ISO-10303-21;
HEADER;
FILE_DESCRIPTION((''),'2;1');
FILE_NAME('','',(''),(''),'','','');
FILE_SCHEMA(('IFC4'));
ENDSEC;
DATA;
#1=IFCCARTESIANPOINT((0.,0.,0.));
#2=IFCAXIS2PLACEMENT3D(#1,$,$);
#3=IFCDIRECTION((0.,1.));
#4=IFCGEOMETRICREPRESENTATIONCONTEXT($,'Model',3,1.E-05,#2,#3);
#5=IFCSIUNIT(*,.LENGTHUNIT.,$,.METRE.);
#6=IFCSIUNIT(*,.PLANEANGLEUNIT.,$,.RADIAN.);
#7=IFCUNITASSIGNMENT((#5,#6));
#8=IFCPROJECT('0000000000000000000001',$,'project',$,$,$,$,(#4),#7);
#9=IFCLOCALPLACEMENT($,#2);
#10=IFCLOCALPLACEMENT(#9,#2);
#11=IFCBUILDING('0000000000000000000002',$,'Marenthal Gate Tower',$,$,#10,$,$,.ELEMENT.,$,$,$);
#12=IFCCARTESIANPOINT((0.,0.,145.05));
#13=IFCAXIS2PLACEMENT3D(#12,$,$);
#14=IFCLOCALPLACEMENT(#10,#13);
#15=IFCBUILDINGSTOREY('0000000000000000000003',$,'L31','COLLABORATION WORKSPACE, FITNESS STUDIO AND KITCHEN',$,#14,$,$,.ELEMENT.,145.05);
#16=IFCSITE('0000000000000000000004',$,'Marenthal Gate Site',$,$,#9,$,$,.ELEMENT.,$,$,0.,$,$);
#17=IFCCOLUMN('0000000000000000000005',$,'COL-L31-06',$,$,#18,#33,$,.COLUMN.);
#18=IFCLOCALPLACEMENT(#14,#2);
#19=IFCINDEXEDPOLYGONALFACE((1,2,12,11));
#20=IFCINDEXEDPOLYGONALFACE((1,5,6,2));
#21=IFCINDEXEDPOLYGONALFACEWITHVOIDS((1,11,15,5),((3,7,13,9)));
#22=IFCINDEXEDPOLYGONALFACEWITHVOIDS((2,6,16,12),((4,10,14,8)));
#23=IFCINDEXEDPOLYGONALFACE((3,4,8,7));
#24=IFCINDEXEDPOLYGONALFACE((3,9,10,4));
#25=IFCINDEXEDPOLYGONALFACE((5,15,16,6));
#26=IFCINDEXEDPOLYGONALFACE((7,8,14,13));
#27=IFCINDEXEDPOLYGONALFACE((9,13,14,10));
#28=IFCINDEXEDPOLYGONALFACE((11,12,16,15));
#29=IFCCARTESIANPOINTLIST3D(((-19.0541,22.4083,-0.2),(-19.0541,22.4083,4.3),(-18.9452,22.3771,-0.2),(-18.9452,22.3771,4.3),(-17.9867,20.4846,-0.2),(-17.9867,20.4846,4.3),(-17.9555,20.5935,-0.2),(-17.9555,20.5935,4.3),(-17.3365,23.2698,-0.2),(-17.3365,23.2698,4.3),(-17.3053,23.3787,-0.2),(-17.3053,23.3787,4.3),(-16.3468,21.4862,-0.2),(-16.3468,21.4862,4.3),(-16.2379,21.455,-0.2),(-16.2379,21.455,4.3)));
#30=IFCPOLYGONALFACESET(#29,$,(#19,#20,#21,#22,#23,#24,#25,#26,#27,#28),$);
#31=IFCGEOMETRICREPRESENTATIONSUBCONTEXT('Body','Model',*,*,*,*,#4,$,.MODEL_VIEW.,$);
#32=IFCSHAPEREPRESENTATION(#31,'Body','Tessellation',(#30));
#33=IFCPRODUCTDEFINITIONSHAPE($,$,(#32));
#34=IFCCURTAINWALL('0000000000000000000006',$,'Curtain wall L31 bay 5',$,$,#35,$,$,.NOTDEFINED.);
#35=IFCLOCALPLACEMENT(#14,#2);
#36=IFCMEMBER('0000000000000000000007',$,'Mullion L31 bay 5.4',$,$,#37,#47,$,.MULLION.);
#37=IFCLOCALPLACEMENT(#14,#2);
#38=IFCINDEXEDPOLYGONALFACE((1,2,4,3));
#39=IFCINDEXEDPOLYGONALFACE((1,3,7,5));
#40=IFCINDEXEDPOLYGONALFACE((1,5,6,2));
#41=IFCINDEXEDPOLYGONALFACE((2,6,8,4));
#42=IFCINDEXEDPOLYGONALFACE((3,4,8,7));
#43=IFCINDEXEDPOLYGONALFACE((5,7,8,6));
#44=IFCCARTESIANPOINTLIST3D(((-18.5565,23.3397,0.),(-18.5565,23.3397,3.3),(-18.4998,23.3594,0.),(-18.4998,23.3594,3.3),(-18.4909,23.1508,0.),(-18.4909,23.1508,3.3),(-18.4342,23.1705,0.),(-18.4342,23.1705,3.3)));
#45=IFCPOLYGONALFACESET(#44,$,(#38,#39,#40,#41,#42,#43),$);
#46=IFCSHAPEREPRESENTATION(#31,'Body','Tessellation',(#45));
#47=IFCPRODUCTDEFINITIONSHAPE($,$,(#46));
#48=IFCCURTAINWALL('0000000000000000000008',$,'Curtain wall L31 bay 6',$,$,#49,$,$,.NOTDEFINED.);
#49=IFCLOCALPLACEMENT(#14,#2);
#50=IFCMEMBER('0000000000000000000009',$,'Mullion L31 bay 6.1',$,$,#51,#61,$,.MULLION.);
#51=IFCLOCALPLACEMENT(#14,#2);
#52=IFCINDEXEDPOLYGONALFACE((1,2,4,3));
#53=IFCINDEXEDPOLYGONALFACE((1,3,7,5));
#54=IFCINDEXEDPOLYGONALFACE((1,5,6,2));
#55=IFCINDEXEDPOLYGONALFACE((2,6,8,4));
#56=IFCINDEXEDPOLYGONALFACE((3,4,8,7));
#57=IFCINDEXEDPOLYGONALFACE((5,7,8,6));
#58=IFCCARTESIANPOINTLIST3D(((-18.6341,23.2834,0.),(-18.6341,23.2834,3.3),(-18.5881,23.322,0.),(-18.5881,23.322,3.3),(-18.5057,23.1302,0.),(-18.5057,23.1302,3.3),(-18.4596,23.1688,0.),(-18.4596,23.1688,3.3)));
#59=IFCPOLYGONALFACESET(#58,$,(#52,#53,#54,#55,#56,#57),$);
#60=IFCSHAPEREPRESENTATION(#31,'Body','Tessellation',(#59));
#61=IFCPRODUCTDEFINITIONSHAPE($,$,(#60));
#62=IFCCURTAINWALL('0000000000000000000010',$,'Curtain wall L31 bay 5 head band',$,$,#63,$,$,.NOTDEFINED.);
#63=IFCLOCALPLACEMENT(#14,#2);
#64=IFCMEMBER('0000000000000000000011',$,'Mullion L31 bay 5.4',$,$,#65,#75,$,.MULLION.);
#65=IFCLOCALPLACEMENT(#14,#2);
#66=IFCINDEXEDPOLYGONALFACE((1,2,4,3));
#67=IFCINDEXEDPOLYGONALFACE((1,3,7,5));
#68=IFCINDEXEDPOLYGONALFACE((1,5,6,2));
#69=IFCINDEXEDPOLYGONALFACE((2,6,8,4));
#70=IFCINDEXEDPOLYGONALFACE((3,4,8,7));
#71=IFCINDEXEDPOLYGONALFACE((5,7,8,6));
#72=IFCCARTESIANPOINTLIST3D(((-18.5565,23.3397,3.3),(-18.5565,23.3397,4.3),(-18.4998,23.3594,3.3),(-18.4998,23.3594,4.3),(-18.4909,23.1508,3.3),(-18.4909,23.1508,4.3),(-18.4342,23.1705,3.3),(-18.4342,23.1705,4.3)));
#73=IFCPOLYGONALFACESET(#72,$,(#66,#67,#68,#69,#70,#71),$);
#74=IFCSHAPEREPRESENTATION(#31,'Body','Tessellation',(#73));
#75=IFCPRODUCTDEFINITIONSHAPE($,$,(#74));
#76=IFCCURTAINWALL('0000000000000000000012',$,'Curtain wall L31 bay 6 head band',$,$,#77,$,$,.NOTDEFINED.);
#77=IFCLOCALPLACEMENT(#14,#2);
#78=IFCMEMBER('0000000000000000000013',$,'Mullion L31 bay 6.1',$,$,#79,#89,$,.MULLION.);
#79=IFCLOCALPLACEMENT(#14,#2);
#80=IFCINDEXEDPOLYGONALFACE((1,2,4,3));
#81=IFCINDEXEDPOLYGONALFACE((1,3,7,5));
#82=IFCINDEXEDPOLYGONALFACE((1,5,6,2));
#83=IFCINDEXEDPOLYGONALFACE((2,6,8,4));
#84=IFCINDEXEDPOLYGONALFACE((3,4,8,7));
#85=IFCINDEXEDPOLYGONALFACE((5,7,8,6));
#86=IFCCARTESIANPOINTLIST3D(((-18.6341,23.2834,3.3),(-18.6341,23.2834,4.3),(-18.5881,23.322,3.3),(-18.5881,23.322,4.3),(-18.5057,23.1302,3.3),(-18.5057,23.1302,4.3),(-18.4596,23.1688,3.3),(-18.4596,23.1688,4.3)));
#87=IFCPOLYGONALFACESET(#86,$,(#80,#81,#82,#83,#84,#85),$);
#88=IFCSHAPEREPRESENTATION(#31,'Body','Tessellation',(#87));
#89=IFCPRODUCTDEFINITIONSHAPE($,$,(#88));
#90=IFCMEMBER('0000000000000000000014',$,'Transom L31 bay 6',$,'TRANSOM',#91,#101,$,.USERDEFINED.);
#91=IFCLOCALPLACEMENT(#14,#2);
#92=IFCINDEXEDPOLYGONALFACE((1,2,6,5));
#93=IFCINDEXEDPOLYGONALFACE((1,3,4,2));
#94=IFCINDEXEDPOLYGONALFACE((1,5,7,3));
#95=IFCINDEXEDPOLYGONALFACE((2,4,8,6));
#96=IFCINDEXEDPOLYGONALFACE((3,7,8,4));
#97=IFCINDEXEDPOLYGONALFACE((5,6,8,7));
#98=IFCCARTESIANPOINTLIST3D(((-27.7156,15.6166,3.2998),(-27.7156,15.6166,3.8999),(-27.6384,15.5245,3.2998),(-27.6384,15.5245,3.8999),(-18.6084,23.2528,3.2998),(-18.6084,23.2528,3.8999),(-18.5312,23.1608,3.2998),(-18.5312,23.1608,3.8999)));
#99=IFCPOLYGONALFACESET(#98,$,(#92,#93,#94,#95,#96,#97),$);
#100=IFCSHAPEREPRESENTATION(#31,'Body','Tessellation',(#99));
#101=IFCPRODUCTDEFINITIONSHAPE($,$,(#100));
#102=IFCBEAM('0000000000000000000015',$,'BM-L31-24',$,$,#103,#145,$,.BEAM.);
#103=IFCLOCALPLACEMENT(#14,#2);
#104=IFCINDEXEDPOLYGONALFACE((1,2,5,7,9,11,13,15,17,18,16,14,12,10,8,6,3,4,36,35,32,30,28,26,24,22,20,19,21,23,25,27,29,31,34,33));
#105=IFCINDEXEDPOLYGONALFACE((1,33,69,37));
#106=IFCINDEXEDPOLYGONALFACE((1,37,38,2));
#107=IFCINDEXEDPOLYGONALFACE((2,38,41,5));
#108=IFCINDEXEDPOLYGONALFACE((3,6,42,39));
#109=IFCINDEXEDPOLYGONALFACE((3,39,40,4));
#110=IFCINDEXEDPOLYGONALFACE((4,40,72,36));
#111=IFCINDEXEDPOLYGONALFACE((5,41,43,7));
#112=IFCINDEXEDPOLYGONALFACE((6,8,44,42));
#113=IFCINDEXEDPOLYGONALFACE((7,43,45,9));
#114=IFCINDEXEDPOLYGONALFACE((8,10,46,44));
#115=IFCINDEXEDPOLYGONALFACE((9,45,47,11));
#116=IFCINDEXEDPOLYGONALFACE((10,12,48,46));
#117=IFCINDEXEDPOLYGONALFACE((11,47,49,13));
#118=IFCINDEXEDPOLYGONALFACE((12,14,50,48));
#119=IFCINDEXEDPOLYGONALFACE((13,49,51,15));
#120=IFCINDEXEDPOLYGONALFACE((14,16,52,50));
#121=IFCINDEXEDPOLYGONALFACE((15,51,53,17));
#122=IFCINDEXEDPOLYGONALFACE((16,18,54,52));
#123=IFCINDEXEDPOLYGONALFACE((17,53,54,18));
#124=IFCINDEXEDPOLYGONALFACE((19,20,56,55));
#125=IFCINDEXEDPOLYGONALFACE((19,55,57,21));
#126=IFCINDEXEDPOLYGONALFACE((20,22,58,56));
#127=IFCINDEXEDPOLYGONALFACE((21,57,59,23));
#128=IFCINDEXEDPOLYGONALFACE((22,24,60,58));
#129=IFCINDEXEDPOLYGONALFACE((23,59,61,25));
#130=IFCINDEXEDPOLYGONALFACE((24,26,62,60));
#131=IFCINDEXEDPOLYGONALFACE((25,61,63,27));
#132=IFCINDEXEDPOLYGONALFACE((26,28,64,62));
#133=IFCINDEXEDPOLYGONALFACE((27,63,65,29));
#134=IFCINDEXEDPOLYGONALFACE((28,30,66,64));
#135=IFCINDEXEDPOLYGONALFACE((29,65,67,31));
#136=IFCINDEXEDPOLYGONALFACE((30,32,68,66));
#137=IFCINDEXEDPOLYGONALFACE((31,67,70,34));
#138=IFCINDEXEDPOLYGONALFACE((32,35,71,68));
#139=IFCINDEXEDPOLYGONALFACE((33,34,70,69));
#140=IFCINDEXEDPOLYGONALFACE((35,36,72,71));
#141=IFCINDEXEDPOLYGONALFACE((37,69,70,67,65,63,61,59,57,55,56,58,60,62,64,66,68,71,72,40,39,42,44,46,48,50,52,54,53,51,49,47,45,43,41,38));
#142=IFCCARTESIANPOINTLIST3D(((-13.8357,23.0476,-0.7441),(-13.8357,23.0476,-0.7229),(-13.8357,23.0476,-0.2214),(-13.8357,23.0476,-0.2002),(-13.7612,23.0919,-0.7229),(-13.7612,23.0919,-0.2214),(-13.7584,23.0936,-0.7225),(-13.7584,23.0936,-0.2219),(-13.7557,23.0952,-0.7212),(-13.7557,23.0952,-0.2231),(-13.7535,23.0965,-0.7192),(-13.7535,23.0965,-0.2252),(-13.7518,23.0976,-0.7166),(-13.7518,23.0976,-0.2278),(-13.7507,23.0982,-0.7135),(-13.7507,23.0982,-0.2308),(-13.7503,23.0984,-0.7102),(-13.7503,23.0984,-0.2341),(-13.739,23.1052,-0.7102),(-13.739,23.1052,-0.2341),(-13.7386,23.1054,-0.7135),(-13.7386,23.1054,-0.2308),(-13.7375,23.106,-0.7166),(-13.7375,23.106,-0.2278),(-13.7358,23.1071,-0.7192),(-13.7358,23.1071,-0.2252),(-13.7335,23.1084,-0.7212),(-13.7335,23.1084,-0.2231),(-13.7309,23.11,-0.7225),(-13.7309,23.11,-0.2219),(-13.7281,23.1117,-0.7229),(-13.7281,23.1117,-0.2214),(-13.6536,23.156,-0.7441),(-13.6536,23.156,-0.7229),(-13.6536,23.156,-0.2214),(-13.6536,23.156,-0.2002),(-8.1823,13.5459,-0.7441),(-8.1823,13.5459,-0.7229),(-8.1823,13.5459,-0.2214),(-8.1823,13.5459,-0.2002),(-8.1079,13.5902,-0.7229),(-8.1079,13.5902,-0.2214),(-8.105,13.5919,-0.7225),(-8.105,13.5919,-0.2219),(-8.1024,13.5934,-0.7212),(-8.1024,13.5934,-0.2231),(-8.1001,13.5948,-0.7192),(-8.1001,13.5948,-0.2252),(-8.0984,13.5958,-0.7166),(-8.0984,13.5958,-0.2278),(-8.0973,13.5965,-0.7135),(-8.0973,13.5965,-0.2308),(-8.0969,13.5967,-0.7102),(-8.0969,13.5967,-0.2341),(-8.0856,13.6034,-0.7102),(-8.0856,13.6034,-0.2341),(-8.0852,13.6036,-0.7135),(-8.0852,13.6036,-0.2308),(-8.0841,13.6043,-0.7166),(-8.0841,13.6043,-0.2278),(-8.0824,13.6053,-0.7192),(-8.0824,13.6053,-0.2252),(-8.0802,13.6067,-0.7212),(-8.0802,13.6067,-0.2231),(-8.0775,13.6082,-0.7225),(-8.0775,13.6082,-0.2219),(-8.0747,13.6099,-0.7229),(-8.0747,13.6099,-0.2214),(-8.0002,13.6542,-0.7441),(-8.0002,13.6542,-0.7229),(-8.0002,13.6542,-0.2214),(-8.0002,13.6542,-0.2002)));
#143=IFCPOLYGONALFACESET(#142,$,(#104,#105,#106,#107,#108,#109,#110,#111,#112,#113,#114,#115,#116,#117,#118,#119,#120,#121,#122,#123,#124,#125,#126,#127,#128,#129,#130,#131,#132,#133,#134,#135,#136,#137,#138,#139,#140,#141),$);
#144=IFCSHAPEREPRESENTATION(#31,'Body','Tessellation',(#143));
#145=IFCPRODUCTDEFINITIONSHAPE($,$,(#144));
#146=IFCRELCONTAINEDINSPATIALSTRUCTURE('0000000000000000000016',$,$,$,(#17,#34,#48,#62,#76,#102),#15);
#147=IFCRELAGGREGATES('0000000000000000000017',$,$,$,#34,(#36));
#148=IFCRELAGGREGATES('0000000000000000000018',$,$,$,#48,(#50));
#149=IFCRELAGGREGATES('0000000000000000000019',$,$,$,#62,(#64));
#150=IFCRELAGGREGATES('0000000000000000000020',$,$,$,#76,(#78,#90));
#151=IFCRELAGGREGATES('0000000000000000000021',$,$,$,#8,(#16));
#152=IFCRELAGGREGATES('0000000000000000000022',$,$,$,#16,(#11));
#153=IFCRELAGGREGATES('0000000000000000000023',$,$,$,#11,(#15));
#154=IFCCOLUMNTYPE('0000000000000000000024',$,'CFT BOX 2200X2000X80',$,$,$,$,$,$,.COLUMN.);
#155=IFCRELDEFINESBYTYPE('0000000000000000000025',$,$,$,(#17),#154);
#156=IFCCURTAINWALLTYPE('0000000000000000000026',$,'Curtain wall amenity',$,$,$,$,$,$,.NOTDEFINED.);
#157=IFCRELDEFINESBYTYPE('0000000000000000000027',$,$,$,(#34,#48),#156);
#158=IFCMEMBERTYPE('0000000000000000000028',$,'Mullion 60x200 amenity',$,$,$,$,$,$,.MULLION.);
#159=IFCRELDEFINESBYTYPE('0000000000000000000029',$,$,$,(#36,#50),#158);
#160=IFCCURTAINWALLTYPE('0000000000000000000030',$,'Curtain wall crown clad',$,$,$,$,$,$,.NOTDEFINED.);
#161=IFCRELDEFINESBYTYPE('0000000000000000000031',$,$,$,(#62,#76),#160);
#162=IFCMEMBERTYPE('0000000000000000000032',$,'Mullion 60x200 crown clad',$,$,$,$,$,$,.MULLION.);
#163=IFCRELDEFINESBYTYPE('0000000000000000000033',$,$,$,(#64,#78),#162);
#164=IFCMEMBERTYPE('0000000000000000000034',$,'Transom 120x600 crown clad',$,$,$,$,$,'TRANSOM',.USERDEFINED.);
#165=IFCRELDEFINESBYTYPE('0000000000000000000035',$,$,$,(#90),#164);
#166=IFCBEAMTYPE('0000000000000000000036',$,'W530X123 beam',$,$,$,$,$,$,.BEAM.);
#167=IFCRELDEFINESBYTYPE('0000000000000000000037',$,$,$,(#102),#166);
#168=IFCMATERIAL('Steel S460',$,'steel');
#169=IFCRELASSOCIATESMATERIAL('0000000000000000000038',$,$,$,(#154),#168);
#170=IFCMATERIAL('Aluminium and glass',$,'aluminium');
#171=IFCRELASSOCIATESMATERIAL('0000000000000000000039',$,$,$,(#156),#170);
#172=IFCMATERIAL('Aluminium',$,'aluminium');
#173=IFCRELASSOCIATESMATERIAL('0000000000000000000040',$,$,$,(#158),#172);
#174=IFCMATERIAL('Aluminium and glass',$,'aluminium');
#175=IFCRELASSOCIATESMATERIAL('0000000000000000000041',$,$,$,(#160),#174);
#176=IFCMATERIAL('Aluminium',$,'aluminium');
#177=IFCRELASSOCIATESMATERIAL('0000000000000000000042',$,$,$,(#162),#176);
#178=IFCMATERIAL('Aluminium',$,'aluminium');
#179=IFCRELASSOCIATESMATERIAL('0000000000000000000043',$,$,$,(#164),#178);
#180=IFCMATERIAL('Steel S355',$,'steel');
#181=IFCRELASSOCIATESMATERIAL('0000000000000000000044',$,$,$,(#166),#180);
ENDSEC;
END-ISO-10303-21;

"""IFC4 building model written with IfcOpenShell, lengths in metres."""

from ifc_helpers import new_model, si_unit, direction, frame, origin, origin_2d, place, context, subcontext, project, spatial, rectangle, hollow_rectangle, i_section, extrude, material, material_profile, profile_set, type_object, element, aggregate, save


model = new_model("IFC4")

# Units and contexts
model_context = context("Model", 3, precision=1e-05, world=origin(), true_north=direction((0.0, 1.0)))
body_context = subcontext(model_context, "Body", "Model", "MODEL_VIEW")
ifc_project = project(units=[si_unit("LENGTHUNIT", "METRE"), si_unit("PLANEANGLEUNIT", "RADIAN")], contexts=[model_context])

# Site, building, storey
site_placement = place(None, origin())
site = spatial("IfcSite", under=ifc_project, at=site_placement, Name="Marenthal Gate Site", CompositionType="ELEMENT", RefElevation=0.0)
building_placement = place(site_placement, origin())
building = spatial("IfcBuilding", under=site, at=building_placement, Name="Marenthal Gate Tower", CompositionType="ELEMENT")
storey_placement = place(building_placement, frame((0.0, 0.0, 145.05)))
storey = spatial("IfcBuildingStorey", under=building, at=storey_placement, Name="L31", Description="COLLABORATION WORKSPACE, FITNESS STUDIO AND KITCHEN", CompositionType="ELEMENT", Elevation=145.05)

# Column
ifc_material_1 = material(Name="Steel S460", Category="steel")
ifc_material_profile_1 = material_profile(ifc_material_1, hollow_rectangle(XDim=2.0, YDim=2.2, WallThickness=0.0801, at=origin_2d()), Name="CFT BOX 2200X2000X80")
ifc_material_2 = material(Name="Concrete 70 MPa", Category="concrete")
ifc_material_profile_2 = material_profile(ifc_material_2, rectangle(XDim=1.8401, YDim=2.04, at=origin_2d()), Name="CFT BOX 2200X2000X80 INFILL")
ifc_profile_set_1 = profile_set([ifc_material_profile_1, ifc_material_profile_2], Name="Steel S460 shell, Concrete 70 MPa infill")
column_type = type_object("IfcColumnType", Name="CFT BOX 2200X2000X80", PredefinedType="COLUMN", material=ifc_profile_set_1)
column_placement = place(storey_placement, frame((-17.646, 21.9316, -0.2), z_axis=(0.0, 0.0, 1.0), x_axis=(0.874403, 0.4852, 0.0)))
element("IfcColumn", 1, at=column_placement, inside=storey, type_object=column_type, Name="COL-L31-06", PredefinedType="COLUMN", context=body_context, shape_type="SweptSolid", body=[
    extrude(hollow_rectangle(XDim=2.0, YDim=2.2, WallThickness=0.0801, at=origin_2d()), origin(), (0.0, 0.0, 1.0), 4.5),
])

# Curtain walls, members
ifc_material_3 = material(Name="Aluminium and glass", Category="aluminium")
curtain_wall_type_1 = type_object("IfcCurtainWallType", Name="Curtain wall amenity", PredefinedType="NOTDEFINED", material=ifc_material_3)
curtain_wall_1_placement = place(storey_placement, origin())
curtain_wall_1 = element("IfcCurtainWall", 2, at=curtain_wall_1_placement, inside=storey, type_object=curtain_wall_type_1, Name="Curtain wall L31 bay 5", PredefinedType="NOTDEFINED")
ifc_material_4 = material(Name="Aluminium", Category="aluminium")
ifc_material_profile_3 = material_profile(ifc_material_4, rectangle(XDim=0.2, YDim=0.0601, at=origin_2d()), Name="60x200 aluminium mullion")
ifc_profile_set_2 = profile_set([ifc_material_profile_3], Name="Aluminium")
member_type_1 = type_object("IfcMemberType", Name="Mullion 60x200 amenity", PredefinedType="MULLION", material=ifc_profile_set_2)
member_1_placement = place(storey_placement, frame((-18.4954, 23.2551, 0.0), z_axis=(0.0, 0.0, 1.0), x_axis=(0.328089, -0.944647, 0.0)))
member_1 = element("IfcMember", 3, at=member_1_placement, type_object=member_type_1, Name="Mullion L31 bay 5.4", PredefinedType="MULLION", context=body_context, shape_type="SweptSolid", body=[
    extrude(rectangle(XDim=0.2, YDim=0.0601, at=origin_2d()), origin(), (0.0, 0.0, 1.0), 3.3),
])
aggregate(curtain_wall_1, [member_1])
curtain_wall_2_placement = place(storey_placement, origin())
curtain_wall_2 = element("IfcCurtainWall", 4, at=curtain_wall_2_placement, inside=storey, type_object=curtain_wall_type_1, Name="Curtain wall L31 bay 6", PredefinedType="NOTDEFINED")
member_2_placement = place(storey_placement, frame((-18.5469, 23.2261, 0.0), z_axis=(0.0, 0.0, 1.0), x_axis=(0.642511, -0.766277, 0.0)))
member_2 = element("IfcMember", 5, at=member_2_placement, type_object=member_type_1, Name="Mullion L31 bay 6.1", PredefinedType="MULLION", context=body_context, shape_type="SweptSolid", body=[
    extrude(rectangle(XDim=0.2, YDim=0.0601, at=origin_2d()), origin(), (0.0, 0.0, 1.0), 3.3),
])
aggregate(curtain_wall_2, [member_2])
ifc_material_5 = material(Name="Aluminium and glass", Category="aluminium")
curtain_wall_type_2 = type_object("IfcCurtainWallType", Name="Curtain wall crown clad", PredefinedType="NOTDEFINED", material=ifc_material_5)
curtain_wall_3_placement = place(storey_placement, origin())
curtain_wall_3 = element("IfcCurtainWall", 6, at=curtain_wall_3_placement, inside=storey, type_object=curtain_wall_type_2, Name="Curtain wall L31 bay 5 head band", PredefinedType="NOTDEFINED")
ifc_material_6 = material(Name="Aluminium", Category="aluminium")
ifc_material_profile_4 = material_profile(ifc_material_6, rectangle(XDim=0.2, YDim=0.0601, at=origin_2d()), Name="60x200 aluminium mullion")
ifc_profile_set_3 = profile_set([ifc_material_profile_4], Name="Aluminium")
member_type_2 = type_object("IfcMemberType", Name="Mullion 60x200 crown clad", PredefinedType="MULLION", material=ifc_profile_set_3)
member_3_placement = place(storey_placement, frame((-18.4954, 23.2551, 3.3), z_axis=(0.0, 0.0, 1.0), x_axis=(0.328089, -0.944647, 0.0)))
member_3 = element("IfcMember", 7, at=member_3_placement, type_object=member_type_2, Name="Mullion L31 bay 5.4", PredefinedType="MULLION", context=body_context, shape_type="SweptSolid", body=[
    extrude(rectangle(XDim=0.2, YDim=0.0601, at=origin_2d()), origin(), (0.0, 0.0, 1.0), 1.0),
])
aggregate(curtain_wall_3, [member_3])

# Curtain wall, members
curtain_wall_4_placement = place(storey_placement, origin())
curtain_wall_4 = element("IfcCurtainWall", 8, at=curtain_wall_4_placement, inside=storey, type_object=curtain_wall_type_2, Name="Curtain wall L31 bay 6 head band", PredefinedType="NOTDEFINED")
member_4_placement = place(storey_placement, frame((-18.5469, 23.2261, 3.3), z_axis=(0.0, 0.0, 1.0), x_axis=(0.642511, -0.766277, 0.0)))
member_4 = element("IfcMember", 9, at=member_4_placement, type_object=member_type_2, Name="Mullion L31 bay 6.1", PredefinedType="MULLION", context=body_context, shape_type="SweptSolid", body=[
    extrude(rectangle(XDim=0.2, YDim=0.0601, at=origin_2d()), origin(), (0.0, 0.0, 1.0), 1.0),
])
ifc_material_7 = material(Name="Aluminium", Category="aluminium")
ifc_material_profile_5 = material_profile(ifc_material_7, rectangle(XDim=0.1201, YDim=0.6001, at=origin_2d()), Name="120x600 aluminium transom")
ifc_profile_set_4 = profile_set([ifc_material_profile_5], Name="Aluminium")
member_type_3 = type_object("IfcMemberType", Name="Transom 120x600 crown clad", ElementType="TRANSOM", PredefinedType="USERDEFINED", material=ifc_profile_set_4)
member_5_placement = place(storey_placement, frame((-18.5698, 23.2068, 3.5999), z_axis=(-0.766276, -0.642511, 0.0), x_axis=(0.642511, -0.766276, 0.0)))
member_5 = element("IfcMember", 10, at=member_5_placement, type_object=member_type_3, Name="Transom L31 bay 6", ObjectType="TRANSOM", PredefinedType="USERDEFINED", context=body_context, shape_type="SweptSolid", body=[
    extrude(rectangle(XDim=0.1201, YDim=0.6001, at=origin_2d()), origin(), (0.0, 0.0, 1.0), 11.885),
])
aggregate(curtain_wall_4, [member_4, member_5])

# Beam
ifc_material_8 = material(Name="Steel S355", Category="steel")
ifc_material_profile_6 = material_profile(ifc_material_8, i_section(OverallWidth=0.2119, OverallDepth=0.5439, WebThickness=0.0132, FlangeThickness=0.0212, FilletRadius=0.0127, at=origin_2d()), Name="W530X123")
ifc_profile_set_5 = profile_set([ifc_material_profile_6], Name="Steel S355")
beam_type_1 = type_object("IfcBeamType", Name="W530X123 beam", PredefinedType="BEAM", material=ifc_profile_set_5)
beam_1_placement = place(storey_placement, frame((-13.7446, 23.1018, -0.4722), z_axis=(0.51132, -0.859391, 0.0), x_axis=(0.859391, 0.51132, 0.0)))
element("IfcBeam", 11, at=beam_1_placement, inside=storey, type_object=beam_type_1, Name="BM-L31-24", PredefinedType="BEAM", context=body_context, shape_type="SweptSolid", body=[
    extrude(i_section(OverallWidth=0.2119, OverallDepth=0.5439, WebThickness=0.0132, FlangeThickness=0.0212, FilletRadius=0.0127, at=origin_2d()), origin(), (0.0, 0.0, 1.0), 11.0564),
])

save(model, "model.ifc")
